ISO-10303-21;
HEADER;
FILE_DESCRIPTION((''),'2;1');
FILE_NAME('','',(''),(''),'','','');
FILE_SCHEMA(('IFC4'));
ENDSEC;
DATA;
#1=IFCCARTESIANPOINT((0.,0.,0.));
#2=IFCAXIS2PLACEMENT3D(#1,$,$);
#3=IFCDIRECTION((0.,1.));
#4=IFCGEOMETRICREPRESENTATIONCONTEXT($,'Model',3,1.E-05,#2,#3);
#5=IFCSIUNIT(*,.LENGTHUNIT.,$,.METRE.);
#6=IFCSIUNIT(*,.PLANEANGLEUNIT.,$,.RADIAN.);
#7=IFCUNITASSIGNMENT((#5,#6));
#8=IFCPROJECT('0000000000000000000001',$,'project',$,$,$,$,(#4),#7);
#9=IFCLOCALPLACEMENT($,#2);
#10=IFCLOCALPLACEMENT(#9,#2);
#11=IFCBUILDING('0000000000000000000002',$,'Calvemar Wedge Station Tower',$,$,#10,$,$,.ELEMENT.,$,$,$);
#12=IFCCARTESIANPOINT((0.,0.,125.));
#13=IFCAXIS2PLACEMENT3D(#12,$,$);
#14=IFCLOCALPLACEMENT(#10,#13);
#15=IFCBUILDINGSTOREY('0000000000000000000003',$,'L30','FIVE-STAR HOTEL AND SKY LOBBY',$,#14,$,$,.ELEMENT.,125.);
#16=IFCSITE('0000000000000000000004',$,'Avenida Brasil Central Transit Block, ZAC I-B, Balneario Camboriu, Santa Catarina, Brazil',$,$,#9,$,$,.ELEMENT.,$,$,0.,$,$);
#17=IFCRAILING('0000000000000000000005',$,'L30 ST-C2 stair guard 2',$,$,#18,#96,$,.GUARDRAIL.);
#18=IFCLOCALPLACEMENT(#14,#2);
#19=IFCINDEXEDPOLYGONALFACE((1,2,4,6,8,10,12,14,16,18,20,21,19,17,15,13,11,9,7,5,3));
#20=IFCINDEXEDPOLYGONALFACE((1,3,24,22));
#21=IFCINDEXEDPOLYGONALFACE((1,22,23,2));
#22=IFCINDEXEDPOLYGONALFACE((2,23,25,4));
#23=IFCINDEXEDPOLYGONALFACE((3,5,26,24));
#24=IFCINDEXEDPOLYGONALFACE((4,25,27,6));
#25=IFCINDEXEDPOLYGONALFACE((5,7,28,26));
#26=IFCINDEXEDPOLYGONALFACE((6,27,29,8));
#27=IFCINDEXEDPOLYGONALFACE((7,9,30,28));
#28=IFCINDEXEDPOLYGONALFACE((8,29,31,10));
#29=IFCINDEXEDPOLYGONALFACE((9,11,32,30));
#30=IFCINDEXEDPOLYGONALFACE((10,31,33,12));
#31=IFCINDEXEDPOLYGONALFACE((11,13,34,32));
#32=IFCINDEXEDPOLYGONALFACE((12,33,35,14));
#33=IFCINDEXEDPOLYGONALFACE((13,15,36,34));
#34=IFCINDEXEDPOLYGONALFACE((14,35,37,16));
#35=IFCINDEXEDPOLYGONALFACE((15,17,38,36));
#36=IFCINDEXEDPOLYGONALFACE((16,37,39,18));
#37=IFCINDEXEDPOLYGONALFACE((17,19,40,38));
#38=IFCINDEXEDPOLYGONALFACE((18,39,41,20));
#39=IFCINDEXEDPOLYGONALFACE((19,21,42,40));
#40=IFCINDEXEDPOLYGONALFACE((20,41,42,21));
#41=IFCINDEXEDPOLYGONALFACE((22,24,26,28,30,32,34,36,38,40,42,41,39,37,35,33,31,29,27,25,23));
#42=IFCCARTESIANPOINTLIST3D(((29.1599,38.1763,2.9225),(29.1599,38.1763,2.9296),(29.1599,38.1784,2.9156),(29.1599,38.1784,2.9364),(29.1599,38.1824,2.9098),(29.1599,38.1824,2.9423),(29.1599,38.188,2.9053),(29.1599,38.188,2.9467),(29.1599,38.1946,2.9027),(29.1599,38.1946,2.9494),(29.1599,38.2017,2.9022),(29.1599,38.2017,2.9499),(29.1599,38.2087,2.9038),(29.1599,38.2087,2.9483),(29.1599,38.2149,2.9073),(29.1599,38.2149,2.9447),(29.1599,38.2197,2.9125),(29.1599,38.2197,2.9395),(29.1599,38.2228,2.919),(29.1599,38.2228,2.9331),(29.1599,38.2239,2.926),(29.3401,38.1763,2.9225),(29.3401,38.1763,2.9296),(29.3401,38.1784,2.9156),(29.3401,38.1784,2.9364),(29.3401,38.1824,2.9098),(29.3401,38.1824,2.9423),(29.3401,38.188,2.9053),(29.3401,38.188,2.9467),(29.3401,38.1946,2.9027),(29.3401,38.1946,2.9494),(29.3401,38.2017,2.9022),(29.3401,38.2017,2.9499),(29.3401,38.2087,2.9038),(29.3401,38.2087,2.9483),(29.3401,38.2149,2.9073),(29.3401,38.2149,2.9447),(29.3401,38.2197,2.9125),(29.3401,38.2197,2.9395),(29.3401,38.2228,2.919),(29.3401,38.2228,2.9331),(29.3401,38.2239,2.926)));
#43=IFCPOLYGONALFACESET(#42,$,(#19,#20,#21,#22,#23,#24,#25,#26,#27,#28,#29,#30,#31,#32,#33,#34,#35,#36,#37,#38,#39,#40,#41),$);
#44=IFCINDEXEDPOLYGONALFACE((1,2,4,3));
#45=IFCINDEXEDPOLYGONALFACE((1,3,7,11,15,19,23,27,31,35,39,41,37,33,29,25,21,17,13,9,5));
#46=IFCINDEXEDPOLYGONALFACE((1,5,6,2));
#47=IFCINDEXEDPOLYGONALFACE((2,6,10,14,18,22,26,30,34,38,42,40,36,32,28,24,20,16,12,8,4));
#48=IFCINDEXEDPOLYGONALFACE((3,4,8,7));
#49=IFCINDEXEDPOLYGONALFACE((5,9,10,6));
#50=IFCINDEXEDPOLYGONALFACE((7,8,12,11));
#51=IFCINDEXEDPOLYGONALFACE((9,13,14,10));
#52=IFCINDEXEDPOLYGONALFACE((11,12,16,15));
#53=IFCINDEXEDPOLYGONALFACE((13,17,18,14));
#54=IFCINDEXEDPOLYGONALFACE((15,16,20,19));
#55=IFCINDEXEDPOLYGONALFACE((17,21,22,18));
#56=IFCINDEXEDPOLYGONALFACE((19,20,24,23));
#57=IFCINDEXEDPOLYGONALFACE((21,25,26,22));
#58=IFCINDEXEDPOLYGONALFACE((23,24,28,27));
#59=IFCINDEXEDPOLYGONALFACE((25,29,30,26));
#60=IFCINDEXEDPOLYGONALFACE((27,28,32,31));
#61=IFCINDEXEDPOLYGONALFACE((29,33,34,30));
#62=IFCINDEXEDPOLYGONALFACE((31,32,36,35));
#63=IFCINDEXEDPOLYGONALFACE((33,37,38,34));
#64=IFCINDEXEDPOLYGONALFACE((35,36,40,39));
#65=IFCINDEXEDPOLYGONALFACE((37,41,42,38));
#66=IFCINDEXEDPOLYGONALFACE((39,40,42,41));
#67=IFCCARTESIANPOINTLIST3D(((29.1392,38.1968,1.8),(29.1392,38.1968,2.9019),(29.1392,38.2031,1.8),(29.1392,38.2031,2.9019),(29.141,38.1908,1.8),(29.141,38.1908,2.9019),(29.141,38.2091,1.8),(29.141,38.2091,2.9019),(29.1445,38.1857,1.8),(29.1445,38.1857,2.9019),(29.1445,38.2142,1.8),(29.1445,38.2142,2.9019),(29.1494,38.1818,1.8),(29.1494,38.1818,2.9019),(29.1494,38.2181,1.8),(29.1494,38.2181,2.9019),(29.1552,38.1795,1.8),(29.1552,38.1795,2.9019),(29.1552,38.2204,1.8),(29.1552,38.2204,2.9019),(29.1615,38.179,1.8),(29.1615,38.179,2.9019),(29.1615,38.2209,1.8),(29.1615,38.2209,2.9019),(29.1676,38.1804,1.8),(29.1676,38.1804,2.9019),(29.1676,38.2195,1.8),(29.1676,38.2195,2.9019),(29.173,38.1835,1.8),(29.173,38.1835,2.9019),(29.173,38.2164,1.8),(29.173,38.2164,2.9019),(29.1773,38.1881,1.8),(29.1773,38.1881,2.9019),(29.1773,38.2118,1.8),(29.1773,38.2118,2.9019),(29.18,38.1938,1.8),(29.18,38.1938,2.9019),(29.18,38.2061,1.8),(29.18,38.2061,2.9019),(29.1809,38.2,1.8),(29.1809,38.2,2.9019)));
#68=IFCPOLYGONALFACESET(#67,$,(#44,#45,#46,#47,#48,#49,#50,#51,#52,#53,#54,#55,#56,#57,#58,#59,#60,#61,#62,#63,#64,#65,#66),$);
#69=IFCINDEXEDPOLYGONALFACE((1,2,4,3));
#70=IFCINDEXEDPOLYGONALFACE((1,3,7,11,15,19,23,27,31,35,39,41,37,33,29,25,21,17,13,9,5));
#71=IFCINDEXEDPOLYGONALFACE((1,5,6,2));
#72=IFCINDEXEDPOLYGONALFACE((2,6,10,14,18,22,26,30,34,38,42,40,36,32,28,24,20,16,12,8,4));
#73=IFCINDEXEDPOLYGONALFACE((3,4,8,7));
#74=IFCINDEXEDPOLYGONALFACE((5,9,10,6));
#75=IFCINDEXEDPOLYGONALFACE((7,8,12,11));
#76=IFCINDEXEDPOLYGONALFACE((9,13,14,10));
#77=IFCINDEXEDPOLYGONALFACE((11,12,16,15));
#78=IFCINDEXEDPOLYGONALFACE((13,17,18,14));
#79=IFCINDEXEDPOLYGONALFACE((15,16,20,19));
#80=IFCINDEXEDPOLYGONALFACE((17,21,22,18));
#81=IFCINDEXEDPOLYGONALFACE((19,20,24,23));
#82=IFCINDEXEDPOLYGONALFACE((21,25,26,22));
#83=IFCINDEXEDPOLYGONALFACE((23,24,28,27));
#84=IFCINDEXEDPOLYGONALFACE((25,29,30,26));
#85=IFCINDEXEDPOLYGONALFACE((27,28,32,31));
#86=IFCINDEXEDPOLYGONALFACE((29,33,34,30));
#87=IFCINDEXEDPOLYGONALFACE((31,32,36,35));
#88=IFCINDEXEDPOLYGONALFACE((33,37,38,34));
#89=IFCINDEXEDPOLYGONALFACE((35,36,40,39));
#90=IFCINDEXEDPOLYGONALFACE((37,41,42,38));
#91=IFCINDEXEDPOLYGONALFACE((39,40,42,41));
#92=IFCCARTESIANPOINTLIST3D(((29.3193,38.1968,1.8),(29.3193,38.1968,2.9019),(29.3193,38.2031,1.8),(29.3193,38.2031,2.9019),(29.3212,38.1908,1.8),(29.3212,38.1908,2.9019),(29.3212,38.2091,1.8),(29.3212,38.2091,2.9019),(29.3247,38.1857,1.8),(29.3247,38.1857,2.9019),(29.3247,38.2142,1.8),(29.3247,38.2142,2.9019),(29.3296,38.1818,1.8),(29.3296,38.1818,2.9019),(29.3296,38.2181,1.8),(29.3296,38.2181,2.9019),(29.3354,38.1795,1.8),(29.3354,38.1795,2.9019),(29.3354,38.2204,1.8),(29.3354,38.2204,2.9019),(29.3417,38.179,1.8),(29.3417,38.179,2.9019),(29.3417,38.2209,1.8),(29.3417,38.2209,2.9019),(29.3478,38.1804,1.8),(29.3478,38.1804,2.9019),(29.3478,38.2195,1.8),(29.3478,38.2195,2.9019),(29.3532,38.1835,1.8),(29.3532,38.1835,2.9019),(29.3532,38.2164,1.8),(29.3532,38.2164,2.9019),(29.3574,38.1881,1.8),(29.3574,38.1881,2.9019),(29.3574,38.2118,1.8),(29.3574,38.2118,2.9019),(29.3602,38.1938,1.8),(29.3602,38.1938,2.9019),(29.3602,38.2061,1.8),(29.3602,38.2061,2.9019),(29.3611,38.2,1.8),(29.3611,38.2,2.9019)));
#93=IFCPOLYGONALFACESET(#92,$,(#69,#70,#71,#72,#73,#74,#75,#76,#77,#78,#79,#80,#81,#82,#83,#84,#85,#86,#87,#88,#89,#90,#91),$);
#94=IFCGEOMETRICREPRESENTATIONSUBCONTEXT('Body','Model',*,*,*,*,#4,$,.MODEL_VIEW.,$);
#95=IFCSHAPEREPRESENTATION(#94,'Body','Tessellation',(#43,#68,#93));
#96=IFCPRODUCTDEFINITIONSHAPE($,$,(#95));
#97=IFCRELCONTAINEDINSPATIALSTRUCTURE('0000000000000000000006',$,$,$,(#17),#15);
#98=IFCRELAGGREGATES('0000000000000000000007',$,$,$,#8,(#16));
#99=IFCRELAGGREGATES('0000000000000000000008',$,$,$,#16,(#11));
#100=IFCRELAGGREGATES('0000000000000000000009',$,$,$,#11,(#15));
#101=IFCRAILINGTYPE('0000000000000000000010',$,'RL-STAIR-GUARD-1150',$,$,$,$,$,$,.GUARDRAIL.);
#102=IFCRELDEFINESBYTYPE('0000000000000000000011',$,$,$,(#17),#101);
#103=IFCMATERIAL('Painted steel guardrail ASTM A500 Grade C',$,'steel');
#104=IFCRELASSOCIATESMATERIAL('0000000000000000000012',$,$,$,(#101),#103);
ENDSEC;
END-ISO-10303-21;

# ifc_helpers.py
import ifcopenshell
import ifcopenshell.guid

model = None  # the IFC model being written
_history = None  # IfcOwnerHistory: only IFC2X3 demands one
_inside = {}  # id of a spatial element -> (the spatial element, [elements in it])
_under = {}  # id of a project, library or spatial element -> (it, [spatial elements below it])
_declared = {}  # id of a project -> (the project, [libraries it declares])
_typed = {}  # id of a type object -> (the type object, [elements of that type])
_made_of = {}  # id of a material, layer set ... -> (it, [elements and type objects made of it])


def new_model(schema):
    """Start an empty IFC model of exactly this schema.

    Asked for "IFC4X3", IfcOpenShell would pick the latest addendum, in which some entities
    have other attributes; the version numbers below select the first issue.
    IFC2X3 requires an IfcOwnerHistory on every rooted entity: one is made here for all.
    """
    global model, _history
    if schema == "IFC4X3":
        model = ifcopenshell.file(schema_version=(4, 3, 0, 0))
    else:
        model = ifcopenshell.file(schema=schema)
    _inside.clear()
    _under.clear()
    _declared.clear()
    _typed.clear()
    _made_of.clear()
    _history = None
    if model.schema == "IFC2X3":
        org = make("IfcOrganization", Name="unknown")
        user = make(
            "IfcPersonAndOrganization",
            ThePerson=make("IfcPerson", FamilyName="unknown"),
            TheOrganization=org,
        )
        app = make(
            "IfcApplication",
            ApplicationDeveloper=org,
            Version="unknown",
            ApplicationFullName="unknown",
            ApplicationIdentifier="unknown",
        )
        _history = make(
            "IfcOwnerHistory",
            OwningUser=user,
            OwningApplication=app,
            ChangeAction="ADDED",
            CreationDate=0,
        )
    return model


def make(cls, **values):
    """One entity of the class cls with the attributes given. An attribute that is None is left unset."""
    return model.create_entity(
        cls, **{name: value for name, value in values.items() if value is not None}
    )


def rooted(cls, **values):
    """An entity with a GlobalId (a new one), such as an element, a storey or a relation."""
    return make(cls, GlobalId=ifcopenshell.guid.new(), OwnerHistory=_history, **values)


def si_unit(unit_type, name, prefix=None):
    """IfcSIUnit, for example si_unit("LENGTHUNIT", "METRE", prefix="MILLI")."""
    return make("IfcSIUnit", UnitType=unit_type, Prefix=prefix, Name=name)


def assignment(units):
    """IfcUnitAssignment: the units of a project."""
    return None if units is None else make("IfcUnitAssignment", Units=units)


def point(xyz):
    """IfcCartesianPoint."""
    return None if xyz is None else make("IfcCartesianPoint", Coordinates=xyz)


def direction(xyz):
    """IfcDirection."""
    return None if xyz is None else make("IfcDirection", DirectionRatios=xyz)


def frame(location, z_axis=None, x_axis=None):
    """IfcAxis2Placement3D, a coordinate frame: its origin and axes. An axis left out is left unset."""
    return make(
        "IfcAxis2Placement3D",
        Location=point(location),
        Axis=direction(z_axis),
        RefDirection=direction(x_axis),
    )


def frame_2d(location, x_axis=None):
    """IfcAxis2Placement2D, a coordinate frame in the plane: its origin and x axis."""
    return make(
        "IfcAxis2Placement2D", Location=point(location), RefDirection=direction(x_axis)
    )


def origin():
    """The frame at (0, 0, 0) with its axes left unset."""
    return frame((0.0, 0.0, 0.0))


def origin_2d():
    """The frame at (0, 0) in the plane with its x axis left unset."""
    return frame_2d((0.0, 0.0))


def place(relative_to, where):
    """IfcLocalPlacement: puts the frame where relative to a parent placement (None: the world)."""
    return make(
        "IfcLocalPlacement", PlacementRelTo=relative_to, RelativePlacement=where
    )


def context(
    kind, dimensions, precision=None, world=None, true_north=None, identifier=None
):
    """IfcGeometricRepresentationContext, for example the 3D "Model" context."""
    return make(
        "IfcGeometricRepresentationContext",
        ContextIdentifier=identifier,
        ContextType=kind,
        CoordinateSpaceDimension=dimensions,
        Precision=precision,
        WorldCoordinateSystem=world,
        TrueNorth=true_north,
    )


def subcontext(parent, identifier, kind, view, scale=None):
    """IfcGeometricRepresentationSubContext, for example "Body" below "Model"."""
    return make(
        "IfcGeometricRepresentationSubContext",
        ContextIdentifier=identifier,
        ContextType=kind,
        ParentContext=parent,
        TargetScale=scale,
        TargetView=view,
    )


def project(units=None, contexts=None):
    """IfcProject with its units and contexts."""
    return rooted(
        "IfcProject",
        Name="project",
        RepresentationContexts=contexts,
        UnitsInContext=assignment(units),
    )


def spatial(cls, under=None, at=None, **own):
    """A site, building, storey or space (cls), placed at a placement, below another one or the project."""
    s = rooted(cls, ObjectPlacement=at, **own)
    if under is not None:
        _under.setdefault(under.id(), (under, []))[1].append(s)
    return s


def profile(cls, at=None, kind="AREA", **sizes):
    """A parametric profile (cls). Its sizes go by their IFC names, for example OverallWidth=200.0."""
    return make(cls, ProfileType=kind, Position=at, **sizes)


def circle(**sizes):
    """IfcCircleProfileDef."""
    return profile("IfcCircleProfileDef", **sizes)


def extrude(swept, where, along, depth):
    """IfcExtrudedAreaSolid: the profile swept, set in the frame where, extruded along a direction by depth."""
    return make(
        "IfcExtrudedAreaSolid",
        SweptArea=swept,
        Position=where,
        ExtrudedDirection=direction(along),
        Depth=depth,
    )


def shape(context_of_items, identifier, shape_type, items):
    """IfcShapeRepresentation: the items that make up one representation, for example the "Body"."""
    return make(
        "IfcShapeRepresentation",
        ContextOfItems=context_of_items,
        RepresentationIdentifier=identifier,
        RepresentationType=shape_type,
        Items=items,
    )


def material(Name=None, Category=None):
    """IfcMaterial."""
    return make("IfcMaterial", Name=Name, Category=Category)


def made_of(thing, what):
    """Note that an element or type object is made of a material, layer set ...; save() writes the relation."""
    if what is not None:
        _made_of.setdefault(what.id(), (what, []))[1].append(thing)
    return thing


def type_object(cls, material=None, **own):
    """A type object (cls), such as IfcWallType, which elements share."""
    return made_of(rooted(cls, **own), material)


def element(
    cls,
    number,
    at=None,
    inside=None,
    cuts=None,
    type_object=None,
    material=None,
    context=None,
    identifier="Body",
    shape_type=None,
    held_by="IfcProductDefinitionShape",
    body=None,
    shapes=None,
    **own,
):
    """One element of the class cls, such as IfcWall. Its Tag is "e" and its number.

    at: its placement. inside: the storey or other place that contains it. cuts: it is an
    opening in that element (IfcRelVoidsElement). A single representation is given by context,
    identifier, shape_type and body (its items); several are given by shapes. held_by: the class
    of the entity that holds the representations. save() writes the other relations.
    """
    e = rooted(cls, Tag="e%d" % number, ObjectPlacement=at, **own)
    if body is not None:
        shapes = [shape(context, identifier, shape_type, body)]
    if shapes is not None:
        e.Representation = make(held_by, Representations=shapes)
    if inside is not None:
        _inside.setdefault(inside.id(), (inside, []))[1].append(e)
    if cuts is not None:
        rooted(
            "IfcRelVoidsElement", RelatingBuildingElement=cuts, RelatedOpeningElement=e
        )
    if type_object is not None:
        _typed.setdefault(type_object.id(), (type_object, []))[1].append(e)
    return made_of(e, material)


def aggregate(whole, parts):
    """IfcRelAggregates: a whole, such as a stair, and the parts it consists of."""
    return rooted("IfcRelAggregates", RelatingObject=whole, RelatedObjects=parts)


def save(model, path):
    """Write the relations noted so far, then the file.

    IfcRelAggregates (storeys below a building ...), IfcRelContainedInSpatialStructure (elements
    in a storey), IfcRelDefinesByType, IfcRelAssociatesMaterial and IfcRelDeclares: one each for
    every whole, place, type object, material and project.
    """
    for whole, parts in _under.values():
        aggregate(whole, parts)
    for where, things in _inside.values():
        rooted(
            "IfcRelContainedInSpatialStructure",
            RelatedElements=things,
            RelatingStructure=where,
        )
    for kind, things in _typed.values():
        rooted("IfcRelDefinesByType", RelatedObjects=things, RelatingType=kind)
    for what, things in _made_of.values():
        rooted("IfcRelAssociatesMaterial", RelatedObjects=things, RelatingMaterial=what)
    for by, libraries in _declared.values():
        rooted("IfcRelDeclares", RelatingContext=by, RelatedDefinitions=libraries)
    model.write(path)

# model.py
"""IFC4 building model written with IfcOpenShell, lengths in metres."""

from ifc_helpers import new_model, si_unit, direction, frame, origin, origin_2d, place, context, subcontext, project, spatial, circle, extrude, material, type_object, element, save


model = new_model("IFC4")

# Units and contexts
model_context = context("Model", 3, precision=1e-05, world=origin(), true_north=direction((0.0, 1.0)))
body_context = subcontext(model_context, "Body", "Model", "MODEL_VIEW")
ifc_project = project(units=[si_unit("LENGTHUNIT", "METRE"), si_unit("PLANEANGLEUNIT", "RADIAN")], contexts=[model_context])

# Site, building, storey
site_placement = place(None, origin())
site = spatial("IfcSite", under=ifc_project, at=site_placement, Name="Avenida Brasil Central Transit Block, ZAC I-B, Balneario Camboriu, Santa Catarina, Brazil", CompositionType="ELEMENT", RefElevation=0.0)
building_placement = place(site_placement, origin())
building = spatial("IfcBuilding", under=site, at=building_placement, Name="Calvemar Wedge Station Tower", CompositionType="ELEMENT")
storey_placement = place(building_placement, frame((0.0, 0.0, 125.0)))
storey = spatial("IfcBuildingStorey", under=building, at=storey_placement, Name="L30", Description="FIVE-STAR HOTEL AND SKY LOBBY", CompositionType="ELEMENT", Elevation=125.0)

# Railing
ifc_material_1 = material(Name="Painted steel guardrail ASTM A500 Grade C", Category="steel")
railing_type_1 = type_object("IfcRailingType", Name="RL-STAIR-GUARD-1150", PredefinedType="GUARDRAIL", material=ifc_material_1)
railing_1_placement = place(storey_placement, frame((29.1599, 38.2, 1.8)))
element("IfcRailing", 1, at=railing_1_placement, inside=storey, type_object=railing_type_1, Name="L30 ST-C2 stair guard 2", PredefinedType="GUARDRAIL", context=body_context, shape_type="SweptSolid", body=[
    extrude(circle(Radius=0.0239, at=origin_2d()), frame((0.0, 0.0, 1.126), z_axis=(1.0, 0.0, 0.0), x_axis=(0.0, 1.0, 0.0)), (0.0, 0.0, 1.0), 0.1802),
    extrude(circle(Radius=0.021, at=origin_2d()), origin(), (0.0, 0.0, 1.0), 1.1018),
    extrude(circle(Radius=0.021, at=origin_2d()), frame((0.1802, 0.0, 0.0)), (0.0, 0.0, 1.0), 1.1018),
])

save(model, "model.ifc")
